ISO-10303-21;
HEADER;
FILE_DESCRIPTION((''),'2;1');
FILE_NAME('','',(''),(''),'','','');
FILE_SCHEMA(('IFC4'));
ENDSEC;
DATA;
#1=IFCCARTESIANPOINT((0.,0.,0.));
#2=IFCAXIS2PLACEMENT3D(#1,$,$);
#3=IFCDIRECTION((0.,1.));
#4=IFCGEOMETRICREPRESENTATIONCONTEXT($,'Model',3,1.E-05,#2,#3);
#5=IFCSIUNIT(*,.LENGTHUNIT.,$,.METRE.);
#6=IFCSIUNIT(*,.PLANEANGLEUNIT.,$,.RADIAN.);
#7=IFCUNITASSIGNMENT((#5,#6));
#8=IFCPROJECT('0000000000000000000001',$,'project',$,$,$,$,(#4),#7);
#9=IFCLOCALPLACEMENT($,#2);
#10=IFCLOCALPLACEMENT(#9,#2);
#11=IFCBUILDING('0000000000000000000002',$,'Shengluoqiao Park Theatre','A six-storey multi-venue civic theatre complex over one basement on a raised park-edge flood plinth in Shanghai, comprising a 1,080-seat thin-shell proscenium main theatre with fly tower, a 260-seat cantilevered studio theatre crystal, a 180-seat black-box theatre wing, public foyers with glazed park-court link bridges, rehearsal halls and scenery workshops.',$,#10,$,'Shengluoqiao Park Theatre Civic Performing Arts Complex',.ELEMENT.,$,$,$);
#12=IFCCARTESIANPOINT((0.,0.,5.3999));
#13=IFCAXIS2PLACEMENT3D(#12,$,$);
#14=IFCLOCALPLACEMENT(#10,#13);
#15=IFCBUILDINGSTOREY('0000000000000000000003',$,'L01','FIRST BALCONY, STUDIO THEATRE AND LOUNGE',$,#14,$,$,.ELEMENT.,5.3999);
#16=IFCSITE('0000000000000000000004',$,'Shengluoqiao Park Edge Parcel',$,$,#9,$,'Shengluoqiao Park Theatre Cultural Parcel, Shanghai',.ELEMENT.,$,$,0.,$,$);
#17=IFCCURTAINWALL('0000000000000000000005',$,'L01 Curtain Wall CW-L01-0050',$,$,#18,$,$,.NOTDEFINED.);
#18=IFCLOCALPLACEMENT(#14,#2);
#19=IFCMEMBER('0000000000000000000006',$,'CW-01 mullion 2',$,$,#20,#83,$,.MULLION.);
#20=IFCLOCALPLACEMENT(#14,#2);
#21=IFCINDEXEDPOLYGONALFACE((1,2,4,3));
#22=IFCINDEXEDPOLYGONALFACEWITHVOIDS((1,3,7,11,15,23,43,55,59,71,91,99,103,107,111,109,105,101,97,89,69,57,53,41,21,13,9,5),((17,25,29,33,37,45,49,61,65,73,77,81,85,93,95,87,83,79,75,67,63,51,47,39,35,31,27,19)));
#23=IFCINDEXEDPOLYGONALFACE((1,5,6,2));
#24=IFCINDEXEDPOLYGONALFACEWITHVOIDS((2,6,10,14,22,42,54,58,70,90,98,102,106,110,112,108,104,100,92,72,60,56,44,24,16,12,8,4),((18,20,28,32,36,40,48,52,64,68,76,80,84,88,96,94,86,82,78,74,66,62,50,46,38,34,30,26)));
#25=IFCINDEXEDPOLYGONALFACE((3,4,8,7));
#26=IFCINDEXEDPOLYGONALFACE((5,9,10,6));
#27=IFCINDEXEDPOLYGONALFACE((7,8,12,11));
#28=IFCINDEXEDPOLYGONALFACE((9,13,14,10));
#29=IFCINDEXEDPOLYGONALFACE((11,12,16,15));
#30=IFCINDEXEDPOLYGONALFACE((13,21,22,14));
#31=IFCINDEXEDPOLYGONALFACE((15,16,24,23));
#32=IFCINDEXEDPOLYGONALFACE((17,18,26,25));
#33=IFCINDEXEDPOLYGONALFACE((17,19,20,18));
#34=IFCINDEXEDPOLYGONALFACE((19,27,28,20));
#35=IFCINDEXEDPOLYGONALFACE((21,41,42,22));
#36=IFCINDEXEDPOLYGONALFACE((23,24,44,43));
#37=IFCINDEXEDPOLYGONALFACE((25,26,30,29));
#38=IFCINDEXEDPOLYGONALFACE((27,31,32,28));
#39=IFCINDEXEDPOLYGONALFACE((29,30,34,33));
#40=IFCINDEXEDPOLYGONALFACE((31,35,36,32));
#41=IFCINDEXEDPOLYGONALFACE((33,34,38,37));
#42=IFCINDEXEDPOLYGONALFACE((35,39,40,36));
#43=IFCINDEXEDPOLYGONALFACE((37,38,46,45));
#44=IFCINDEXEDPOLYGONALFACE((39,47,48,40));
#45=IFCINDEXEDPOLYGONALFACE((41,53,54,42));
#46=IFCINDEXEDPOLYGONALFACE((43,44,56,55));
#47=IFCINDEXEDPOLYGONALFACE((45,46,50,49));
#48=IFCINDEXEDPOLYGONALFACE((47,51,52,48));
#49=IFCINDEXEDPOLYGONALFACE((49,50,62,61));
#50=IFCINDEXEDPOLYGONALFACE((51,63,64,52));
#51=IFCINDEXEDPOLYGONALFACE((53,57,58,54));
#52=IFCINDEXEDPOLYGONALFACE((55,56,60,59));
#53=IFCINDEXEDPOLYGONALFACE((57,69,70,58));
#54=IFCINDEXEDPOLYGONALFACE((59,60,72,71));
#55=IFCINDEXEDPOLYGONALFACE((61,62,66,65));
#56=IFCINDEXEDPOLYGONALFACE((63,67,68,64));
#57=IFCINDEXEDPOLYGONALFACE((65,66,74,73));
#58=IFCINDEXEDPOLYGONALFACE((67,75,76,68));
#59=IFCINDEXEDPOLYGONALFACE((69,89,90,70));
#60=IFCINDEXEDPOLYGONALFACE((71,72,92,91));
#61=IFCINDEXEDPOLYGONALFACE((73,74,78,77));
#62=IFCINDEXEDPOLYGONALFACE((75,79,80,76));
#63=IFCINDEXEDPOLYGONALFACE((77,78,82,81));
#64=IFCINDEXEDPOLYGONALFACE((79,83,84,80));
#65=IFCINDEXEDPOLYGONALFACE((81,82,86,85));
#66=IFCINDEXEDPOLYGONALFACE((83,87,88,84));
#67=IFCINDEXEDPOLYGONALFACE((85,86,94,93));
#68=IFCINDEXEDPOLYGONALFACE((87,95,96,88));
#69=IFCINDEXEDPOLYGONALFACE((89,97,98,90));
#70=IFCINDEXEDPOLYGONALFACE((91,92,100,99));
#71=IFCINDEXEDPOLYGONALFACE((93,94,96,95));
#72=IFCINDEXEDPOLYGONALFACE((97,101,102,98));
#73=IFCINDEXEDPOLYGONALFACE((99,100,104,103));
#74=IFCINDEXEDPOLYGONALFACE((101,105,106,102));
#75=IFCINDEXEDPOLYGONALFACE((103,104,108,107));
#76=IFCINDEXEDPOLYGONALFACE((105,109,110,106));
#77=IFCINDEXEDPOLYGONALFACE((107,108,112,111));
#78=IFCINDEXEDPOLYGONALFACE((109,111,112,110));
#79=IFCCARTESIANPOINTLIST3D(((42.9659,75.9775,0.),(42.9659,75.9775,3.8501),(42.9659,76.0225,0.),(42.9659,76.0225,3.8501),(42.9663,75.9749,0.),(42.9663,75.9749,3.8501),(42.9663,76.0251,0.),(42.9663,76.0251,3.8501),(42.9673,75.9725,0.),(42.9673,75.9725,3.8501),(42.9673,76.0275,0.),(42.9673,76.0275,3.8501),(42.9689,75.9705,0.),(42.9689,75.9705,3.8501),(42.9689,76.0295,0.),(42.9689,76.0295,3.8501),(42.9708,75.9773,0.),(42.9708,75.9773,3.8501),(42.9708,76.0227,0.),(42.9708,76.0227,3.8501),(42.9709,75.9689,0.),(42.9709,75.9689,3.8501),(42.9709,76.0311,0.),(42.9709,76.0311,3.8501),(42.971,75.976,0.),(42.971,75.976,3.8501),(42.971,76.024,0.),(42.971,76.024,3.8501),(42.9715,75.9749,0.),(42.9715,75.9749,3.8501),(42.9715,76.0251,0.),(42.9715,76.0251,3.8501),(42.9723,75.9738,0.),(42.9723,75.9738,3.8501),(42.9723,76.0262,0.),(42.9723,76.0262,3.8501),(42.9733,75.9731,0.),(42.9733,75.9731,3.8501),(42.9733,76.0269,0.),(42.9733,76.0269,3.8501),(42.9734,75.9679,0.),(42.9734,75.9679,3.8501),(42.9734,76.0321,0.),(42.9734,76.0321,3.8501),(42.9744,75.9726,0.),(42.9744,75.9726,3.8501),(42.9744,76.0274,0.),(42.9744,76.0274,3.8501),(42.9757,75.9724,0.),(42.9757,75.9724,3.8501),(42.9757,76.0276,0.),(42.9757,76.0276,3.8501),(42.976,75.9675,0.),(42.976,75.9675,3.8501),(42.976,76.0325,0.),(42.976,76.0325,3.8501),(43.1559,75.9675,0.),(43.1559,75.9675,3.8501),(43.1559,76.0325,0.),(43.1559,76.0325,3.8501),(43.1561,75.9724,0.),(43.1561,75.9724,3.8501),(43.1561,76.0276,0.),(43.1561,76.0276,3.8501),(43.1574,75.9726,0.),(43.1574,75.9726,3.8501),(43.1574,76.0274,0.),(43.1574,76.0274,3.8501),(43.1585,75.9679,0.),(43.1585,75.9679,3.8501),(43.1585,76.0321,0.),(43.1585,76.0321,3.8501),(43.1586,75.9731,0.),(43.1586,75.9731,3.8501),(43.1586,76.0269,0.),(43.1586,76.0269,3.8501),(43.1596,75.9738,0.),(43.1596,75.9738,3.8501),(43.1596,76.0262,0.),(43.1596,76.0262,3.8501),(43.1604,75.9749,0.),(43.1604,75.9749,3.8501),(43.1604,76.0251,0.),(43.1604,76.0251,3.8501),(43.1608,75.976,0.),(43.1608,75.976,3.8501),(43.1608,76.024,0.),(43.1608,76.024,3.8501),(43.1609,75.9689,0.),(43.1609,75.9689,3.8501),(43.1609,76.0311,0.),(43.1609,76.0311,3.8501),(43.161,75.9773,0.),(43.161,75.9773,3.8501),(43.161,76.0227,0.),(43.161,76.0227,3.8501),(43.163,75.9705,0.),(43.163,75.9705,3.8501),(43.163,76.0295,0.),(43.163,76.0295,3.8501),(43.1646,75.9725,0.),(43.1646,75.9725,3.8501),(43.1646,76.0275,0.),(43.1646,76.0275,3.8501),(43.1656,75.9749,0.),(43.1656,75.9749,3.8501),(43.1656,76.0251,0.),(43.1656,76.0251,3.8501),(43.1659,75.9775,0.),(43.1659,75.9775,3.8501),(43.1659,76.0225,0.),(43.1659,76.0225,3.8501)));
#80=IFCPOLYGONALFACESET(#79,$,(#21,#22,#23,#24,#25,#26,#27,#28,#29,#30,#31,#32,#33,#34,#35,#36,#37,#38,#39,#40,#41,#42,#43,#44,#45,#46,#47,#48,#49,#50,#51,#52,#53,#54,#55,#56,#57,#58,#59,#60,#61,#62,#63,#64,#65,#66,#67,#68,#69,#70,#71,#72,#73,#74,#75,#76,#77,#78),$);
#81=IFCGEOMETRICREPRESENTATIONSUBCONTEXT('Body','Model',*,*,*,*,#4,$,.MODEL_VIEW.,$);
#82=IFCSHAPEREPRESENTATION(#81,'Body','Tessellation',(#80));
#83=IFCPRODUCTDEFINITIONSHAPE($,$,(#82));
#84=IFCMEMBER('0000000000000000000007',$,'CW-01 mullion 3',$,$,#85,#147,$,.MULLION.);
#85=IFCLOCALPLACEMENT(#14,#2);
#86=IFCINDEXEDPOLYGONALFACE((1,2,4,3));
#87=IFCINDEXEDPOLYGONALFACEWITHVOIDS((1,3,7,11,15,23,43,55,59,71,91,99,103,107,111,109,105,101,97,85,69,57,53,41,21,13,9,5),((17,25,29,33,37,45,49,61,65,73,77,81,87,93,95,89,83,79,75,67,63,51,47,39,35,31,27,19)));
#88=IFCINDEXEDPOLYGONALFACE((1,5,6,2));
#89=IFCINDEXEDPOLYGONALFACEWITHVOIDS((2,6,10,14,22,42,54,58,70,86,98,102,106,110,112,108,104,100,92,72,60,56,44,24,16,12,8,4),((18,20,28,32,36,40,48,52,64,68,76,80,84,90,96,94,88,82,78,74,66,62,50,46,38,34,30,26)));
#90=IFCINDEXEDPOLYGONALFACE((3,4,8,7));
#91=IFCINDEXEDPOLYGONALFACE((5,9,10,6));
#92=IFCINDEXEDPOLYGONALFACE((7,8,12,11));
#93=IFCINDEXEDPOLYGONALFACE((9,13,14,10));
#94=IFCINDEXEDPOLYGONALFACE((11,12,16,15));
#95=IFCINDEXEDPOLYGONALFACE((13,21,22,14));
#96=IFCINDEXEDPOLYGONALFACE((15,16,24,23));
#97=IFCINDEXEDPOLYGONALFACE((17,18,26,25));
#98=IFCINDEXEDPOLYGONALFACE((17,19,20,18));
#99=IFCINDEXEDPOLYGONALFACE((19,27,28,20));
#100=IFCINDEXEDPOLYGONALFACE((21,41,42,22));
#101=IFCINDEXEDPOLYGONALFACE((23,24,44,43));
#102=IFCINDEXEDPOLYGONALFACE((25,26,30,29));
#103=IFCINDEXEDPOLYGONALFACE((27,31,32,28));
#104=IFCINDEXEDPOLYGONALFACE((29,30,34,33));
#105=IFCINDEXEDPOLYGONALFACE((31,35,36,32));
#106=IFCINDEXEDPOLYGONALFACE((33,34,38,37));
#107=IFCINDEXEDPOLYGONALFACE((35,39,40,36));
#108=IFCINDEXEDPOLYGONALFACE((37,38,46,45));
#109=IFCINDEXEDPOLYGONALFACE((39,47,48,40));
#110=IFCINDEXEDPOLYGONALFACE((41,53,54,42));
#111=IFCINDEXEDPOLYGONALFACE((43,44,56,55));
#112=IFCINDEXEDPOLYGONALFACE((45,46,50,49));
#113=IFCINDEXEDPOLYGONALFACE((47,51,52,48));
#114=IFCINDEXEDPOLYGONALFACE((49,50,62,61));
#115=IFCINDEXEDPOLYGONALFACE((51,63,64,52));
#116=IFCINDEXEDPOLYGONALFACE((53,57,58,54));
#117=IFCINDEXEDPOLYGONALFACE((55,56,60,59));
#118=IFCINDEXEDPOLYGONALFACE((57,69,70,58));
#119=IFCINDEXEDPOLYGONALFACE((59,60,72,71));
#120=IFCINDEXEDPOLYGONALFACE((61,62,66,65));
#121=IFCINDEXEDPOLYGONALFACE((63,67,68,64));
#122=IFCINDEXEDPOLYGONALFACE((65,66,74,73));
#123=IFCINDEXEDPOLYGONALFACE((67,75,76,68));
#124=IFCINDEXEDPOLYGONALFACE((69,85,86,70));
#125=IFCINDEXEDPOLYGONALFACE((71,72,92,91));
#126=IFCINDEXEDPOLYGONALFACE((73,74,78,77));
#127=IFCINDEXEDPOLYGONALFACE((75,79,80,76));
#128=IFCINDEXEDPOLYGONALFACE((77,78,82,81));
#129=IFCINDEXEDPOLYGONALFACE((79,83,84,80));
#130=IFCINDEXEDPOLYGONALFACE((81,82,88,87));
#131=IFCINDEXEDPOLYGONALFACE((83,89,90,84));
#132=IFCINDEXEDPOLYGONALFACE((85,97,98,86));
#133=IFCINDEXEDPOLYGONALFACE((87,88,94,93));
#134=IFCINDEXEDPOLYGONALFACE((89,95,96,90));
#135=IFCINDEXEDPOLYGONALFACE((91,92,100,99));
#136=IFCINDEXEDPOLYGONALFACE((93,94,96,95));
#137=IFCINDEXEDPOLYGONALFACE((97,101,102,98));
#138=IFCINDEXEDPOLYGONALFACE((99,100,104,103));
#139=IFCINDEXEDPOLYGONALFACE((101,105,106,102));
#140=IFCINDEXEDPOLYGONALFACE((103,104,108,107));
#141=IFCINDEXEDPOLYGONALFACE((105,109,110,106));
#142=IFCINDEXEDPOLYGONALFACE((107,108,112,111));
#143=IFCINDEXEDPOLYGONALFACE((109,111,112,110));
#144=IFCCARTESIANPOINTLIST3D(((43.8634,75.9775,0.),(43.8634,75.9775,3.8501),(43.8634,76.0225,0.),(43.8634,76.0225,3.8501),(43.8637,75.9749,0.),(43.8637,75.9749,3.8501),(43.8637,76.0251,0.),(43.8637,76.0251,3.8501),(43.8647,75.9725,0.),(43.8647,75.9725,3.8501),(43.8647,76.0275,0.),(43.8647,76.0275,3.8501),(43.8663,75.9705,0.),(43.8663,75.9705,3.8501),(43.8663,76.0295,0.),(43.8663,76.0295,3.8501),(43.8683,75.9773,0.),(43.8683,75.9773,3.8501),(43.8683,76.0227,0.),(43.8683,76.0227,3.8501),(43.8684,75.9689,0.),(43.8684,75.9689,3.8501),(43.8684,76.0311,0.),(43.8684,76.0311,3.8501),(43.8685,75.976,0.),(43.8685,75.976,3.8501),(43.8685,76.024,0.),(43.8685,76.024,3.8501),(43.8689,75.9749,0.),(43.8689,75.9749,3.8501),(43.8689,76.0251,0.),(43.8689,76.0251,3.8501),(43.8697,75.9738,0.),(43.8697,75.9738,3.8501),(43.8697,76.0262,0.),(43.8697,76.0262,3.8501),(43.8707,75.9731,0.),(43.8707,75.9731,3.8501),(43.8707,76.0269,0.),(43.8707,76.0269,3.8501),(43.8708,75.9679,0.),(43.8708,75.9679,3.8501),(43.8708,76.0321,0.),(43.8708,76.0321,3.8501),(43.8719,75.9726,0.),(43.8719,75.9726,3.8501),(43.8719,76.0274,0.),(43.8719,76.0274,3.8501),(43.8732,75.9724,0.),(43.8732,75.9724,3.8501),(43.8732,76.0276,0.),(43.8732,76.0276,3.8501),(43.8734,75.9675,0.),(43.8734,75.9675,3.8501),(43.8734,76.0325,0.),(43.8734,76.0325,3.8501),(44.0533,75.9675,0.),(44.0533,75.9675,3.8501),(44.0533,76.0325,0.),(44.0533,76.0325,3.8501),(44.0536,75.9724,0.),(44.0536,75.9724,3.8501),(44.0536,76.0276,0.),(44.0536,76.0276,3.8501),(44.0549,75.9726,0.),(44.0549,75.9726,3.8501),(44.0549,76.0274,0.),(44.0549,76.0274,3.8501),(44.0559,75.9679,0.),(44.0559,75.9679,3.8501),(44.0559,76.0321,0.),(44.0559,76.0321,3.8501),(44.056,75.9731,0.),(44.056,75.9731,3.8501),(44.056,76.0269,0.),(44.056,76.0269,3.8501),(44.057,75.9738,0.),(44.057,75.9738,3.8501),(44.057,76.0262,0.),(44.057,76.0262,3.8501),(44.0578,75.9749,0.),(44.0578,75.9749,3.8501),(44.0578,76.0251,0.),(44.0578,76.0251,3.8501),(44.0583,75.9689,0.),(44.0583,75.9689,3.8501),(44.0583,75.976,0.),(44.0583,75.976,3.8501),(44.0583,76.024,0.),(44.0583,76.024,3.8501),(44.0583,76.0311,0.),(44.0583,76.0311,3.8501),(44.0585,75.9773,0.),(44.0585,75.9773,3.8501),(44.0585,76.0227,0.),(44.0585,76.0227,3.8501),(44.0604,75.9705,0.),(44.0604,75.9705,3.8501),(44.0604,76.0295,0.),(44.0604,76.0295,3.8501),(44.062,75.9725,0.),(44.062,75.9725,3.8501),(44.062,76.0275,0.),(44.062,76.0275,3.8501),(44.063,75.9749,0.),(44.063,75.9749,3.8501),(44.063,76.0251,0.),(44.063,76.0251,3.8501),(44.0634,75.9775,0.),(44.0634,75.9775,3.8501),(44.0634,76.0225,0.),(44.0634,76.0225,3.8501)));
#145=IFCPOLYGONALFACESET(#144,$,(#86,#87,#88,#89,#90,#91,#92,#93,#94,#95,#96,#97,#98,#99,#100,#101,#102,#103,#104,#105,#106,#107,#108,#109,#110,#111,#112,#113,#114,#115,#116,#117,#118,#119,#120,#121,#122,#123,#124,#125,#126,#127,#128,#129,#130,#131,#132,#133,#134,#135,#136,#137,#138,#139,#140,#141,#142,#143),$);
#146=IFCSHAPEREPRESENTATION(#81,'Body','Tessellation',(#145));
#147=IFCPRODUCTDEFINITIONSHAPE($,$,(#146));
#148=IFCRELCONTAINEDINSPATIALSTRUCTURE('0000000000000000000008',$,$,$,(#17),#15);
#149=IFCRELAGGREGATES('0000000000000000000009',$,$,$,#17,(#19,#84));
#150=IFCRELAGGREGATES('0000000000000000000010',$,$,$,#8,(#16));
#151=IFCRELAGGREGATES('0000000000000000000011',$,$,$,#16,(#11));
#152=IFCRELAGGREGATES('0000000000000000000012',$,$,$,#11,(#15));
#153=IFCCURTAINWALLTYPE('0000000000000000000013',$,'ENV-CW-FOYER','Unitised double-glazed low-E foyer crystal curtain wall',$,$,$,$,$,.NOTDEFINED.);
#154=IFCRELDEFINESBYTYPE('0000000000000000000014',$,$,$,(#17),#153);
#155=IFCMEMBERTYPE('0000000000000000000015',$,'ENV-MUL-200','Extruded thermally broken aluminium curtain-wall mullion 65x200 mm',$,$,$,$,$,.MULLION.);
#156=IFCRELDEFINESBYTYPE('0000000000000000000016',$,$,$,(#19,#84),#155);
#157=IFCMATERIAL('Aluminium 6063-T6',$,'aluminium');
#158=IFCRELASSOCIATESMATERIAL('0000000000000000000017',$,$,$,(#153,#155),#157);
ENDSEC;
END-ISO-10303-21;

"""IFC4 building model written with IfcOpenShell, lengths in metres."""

from ifc_helpers import new_model, si_unit, direction, frame, origin, origin_2d, place, context, subcontext, project, spatial, hollow_rectangle, extrude, material, material_profile, profile_set, type_object, element, aggregate, save


model = new_model("IFC4")

# Units and contexts
model_context = context("Model", 3, precision=1e-05, world=origin(), true_north=direction((0.0, 1.0)))
body_context = subcontext(model_context, "Body", "Model", "MODEL_VIEW")
ifc_project = project(units=[si_unit("LENGTHUNIT", "METRE"), si_unit("PLANEANGLEUNIT", "RADIAN")], contexts=[model_context])

# Site, building, storey
site_placement = place(None, origin())
site = spatial("IfcSite", under=ifc_project, at=site_placement, Name="Shengluoqiao Park Edge Parcel", LongName="Shengluoqiao Park Theatre Cultural Parcel, Shanghai", CompositionType="ELEMENT", RefElevation=0.0)
building_placement = place(site_placement, origin())
building = spatial("IfcBuilding", under=site, at=building_placement, Name="Shengluoqiao Park Theatre", Description="A six-storey multi-venue civic theatre complex over one basement on a raised park-edge flood plinth in Shanghai, comprising a 1,080-seat thin-shell proscenium main theatre with fly tower, a 260-seat cantilevered studio theatre crystal, a 180-seat black-box theatre wing, public foyers with glazed park-court link bridges, rehearsal halls and scenery workshops.", LongName="Shengluoqiao Park Theatre Civic Performing Arts Complex", CompositionType="ELEMENT")
storey_placement = place(building_placement, frame((0.0, 0.0, 5.3999)))
storey = spatial("IfcBuildingStorey", under=building, at=storey_placement, Name="L01", Description="FIRST BALCONY, STUDIO THEATRE AND LOUNGE", CompositionType="ELEMENT", Elevation=5.3999)

# Shared definitions
ifc_material_1 = material(Name="Aluminium 6063-T6", Category="aluminium")
curtain_wall_type = type_object("IfcCurtainWallType", Name="ENV-CW-FOYER", Description="Unitised double-glazed low-E foyer crystal curtain wall", PredefinedType="NOTDEFINED", material=ifc_material_1)
ifc_material_profile_1 = material_profile(ifc_material_1, hollow_rectangle(XDim=0.0649, YDim=0.2, WallThickness=0.0049, InnerFilletRadius=0.0049, OuterFilletRadius=0.01, at=origin_2d()), Name="ALU MULLION 200x65x5")
ifc_profile_set_1 = profile_set([ifc_material_profile_1], Name="Aluminium 6063-T6")
member_type_1 = type_object("IfcMemberType", Name="ENV-MUL-200", Description="Extruded thermally broken aluminium curtain-wall mullion 65x200 mm", PredefinedType="MULLION", material=ifc_profile_set_1)

# Curtain wall, members
curtain_wall_1_placement = place(storey_placement, origin())
curtain_wall_1 = element("IfcCurtainWall", 1, at=curtain_wall_1_placement, inside=storey, type_object=curtain_wall_type, Name="L01 Curtain Wall CW-L01-0050", PredefinedType="NOTDEFINED")
member_1_placement = place(storey_placement, frame((43.0659, 76.0, 0.0), z_axis=(0.0, 0.0, 1.0), x_axis=(0.0, 1.0, 0.0)))
member_1 = element("IfcMember", 2, at=member_1_placement, type_object=member_type_1, Name="CW-01 mullion 2", PredefinedType="MULLION", context=body_context, shape_type="SweptSolid", body=[
    extrude(hollow_rectangle(XDim=0.0649, YDim=0.2, WallThickness=0.0049, InnerFilletRadius=0.0049, OuterFilletRadius=0.01, at=origin_2d()), origin(), (0.0, 0.0, 1.0), 3.8501),
])
member_2_placement = place(storey_placement, frame((43.9634, 76.0, 0.0), z_axis=(0.0, 0.0, 1.0), x_axis=(0.0, 1.0, 0.0)))
member_2 = element("IfcMember", 3, at=member_2_placement, type_object=member_type_1, Name="CW-01 mullion 3", PredefinedType="MULLION", context=body_context, shape_type="SweptSolid", body=[
    extrude(hollow_rectangle(XDim=0.0649, YDim=0.2, WallThickness=0.0049, InnerFilletRadius=0.0049, OuterFilletRadius=0.01, at=origin_2d()), origin(), (0.0, 0.0, 1.0), 3.8501),
])

aggregate(curtain_wall_1, [member_1, member_2])

save(model, "model.ifc")
